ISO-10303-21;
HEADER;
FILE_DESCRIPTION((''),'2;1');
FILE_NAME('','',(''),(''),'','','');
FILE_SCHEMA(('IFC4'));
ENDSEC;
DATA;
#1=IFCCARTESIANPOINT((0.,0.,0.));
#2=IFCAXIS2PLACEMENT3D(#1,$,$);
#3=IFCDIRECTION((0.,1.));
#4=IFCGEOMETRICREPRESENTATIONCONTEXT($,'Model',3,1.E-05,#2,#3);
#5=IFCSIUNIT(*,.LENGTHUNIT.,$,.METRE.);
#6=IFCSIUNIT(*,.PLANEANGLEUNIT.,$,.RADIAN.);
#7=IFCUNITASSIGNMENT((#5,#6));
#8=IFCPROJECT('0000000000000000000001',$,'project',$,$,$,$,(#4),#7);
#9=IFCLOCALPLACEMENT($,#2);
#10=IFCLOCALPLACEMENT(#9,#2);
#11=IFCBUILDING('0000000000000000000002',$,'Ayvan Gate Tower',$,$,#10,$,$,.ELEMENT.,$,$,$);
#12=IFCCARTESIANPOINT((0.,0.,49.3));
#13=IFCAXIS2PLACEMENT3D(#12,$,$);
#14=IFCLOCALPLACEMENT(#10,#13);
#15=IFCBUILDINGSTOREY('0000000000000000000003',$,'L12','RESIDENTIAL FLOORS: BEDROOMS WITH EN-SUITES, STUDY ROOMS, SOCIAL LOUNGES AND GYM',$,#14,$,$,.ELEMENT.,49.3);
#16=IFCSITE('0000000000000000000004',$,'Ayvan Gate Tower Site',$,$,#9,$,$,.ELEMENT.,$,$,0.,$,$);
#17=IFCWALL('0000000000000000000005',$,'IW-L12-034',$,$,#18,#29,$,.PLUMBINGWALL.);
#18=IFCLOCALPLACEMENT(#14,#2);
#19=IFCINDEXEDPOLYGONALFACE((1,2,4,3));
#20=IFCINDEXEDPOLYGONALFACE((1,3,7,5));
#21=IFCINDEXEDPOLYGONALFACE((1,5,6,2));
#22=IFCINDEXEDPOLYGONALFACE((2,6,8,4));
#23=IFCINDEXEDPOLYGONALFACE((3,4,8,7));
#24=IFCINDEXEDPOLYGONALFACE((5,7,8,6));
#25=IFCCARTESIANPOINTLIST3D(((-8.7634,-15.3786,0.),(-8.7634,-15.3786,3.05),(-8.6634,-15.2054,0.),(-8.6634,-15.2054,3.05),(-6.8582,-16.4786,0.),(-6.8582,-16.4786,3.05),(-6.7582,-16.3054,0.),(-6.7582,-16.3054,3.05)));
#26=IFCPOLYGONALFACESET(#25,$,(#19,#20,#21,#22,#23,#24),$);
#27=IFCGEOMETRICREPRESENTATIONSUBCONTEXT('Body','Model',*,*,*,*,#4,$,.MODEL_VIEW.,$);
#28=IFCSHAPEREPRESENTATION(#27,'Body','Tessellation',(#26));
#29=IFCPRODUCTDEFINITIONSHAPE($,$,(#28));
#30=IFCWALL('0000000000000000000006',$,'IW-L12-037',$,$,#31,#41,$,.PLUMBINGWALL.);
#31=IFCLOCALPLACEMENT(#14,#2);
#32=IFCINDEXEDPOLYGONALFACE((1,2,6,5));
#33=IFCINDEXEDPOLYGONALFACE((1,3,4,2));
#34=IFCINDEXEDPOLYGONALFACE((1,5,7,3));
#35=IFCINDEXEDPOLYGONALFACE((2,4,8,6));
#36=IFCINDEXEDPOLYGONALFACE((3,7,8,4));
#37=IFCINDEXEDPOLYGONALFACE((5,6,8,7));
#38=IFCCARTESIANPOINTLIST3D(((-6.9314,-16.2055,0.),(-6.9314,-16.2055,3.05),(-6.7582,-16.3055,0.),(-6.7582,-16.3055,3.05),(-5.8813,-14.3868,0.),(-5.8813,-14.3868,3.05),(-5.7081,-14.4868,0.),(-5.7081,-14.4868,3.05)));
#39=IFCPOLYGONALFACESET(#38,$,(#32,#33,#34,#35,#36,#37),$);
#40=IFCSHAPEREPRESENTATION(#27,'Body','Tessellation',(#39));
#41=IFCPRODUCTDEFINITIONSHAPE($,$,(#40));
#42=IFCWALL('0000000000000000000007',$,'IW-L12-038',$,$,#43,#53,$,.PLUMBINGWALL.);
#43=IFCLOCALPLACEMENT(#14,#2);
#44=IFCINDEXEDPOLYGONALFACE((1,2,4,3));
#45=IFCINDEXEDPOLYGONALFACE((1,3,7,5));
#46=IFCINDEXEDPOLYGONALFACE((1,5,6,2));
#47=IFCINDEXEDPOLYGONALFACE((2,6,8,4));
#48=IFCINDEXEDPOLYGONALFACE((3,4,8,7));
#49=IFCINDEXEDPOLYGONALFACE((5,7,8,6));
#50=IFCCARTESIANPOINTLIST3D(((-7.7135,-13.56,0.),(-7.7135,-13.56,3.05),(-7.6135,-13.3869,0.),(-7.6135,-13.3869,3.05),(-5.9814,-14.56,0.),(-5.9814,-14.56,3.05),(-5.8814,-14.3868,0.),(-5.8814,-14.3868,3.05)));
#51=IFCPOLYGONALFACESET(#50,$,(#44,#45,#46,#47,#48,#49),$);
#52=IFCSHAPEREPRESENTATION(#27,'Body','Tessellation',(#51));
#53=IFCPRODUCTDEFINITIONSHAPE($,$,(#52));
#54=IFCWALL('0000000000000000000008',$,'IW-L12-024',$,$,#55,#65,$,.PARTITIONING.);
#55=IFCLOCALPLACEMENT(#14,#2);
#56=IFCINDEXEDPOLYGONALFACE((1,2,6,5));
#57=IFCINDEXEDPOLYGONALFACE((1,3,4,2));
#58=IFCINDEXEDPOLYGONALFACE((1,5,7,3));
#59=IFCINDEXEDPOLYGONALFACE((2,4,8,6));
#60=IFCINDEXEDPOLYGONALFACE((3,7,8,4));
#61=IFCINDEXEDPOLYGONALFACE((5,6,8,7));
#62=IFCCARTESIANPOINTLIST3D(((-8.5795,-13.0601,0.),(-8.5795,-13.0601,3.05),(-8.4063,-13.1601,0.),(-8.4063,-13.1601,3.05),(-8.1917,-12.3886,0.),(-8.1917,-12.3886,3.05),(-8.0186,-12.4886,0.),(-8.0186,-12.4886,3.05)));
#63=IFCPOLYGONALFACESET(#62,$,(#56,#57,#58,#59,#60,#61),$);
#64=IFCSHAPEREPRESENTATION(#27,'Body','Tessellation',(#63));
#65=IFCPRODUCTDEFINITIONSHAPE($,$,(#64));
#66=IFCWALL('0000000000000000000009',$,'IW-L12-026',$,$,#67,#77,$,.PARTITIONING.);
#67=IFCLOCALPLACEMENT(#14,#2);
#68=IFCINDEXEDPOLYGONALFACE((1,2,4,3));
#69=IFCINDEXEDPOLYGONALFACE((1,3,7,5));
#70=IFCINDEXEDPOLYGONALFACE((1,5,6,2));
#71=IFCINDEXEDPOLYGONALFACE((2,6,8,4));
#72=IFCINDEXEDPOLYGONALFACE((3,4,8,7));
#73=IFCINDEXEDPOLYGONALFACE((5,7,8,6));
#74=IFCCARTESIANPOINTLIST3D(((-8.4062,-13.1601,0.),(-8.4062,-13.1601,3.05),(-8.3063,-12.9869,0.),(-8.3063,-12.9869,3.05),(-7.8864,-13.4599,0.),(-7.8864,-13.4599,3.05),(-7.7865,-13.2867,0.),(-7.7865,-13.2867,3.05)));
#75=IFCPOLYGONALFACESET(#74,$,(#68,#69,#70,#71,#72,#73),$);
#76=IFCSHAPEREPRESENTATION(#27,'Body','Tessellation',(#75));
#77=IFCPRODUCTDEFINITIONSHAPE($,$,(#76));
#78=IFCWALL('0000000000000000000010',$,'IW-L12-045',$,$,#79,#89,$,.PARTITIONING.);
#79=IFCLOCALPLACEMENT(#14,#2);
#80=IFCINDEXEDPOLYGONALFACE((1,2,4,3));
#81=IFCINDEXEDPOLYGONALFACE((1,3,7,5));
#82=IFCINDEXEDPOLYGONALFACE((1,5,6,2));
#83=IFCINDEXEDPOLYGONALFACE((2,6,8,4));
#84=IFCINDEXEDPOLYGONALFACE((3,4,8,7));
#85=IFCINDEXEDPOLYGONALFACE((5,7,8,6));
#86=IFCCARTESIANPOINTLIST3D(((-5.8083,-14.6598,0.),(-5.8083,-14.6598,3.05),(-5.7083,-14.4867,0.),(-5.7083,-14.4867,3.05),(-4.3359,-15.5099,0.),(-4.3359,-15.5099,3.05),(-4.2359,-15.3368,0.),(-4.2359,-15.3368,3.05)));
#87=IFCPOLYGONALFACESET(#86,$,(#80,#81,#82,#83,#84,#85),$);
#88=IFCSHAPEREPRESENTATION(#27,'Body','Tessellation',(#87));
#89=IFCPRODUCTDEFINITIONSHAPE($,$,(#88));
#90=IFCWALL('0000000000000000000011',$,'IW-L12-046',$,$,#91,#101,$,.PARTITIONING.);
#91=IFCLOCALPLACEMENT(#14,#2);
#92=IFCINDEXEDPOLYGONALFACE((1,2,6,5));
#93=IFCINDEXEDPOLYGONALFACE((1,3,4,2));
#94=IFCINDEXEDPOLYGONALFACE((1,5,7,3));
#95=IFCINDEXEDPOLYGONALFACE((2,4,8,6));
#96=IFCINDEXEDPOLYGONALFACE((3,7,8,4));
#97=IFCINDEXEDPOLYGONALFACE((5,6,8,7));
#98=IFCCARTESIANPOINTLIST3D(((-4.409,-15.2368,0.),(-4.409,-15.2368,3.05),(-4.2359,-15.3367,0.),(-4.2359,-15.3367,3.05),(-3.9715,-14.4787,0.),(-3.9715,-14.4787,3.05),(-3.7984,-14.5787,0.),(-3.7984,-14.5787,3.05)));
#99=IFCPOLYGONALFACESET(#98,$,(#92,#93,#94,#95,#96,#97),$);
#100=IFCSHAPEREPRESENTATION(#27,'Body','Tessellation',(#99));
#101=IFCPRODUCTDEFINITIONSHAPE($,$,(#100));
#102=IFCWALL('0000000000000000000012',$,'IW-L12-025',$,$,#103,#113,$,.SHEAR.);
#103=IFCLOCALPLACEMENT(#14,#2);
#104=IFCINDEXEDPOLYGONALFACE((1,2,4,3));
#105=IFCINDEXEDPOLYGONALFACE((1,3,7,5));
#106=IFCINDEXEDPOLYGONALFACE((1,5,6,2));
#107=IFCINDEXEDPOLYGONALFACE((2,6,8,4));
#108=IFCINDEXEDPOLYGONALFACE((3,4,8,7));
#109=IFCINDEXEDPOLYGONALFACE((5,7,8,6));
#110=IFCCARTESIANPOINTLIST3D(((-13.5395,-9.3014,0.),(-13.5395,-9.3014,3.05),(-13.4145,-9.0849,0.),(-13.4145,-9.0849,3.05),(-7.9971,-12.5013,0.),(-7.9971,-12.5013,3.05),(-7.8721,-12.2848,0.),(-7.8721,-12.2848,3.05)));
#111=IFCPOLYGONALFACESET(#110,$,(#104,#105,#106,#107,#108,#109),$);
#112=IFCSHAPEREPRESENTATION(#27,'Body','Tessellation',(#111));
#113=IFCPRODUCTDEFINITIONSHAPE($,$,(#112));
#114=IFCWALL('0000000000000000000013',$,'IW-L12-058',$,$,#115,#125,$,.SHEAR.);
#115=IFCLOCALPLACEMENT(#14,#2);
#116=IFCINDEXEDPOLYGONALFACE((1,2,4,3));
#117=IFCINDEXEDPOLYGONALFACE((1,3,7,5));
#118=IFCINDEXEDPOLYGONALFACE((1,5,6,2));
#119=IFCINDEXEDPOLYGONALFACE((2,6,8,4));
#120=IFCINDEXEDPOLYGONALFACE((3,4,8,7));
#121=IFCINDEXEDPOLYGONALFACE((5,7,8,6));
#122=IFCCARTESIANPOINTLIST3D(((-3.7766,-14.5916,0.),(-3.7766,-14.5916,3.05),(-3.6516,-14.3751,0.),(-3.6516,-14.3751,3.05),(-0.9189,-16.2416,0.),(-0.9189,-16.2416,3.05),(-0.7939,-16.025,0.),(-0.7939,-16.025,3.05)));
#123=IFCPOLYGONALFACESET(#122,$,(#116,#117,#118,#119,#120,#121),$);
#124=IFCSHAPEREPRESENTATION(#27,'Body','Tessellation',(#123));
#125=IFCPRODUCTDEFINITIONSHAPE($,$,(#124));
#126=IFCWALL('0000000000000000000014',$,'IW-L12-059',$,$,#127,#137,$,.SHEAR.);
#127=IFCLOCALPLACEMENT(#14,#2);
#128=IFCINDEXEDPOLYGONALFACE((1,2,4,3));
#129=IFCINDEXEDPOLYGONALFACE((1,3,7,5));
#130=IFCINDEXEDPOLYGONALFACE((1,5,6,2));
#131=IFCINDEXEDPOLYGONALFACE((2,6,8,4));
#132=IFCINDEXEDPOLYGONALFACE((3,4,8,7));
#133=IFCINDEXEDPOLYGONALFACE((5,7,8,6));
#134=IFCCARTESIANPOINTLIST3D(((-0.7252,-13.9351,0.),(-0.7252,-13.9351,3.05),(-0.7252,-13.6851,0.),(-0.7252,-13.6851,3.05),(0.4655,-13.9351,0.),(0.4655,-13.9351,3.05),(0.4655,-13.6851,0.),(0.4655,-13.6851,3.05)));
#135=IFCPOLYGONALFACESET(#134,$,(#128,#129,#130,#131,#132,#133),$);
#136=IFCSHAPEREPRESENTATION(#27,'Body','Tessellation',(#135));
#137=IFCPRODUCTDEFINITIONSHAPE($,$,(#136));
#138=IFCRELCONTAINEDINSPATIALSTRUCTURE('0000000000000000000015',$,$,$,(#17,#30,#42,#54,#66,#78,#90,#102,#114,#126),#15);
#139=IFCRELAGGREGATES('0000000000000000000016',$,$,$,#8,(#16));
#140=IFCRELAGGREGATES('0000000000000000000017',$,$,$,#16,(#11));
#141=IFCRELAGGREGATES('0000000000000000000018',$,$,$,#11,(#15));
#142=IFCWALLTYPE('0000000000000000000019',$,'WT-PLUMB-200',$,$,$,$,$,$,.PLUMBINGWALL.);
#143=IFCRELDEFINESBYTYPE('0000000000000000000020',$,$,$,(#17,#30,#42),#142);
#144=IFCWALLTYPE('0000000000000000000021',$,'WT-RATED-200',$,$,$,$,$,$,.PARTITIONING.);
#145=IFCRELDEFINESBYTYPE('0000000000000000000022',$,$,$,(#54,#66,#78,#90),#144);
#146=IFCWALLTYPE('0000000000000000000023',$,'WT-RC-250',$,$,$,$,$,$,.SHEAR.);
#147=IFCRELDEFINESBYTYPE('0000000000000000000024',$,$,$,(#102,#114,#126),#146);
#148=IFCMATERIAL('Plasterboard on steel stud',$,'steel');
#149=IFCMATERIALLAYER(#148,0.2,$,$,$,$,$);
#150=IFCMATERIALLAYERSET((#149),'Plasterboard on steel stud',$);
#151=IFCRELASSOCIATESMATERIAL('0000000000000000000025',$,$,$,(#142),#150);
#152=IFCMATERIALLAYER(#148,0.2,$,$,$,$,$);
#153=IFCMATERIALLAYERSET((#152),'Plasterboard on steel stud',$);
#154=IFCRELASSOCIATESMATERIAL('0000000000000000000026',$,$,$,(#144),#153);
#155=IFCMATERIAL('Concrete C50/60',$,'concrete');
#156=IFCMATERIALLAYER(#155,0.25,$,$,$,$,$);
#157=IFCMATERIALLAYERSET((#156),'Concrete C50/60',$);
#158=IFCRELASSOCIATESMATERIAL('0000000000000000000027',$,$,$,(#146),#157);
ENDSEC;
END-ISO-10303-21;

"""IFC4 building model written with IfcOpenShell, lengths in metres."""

from ifc_helpers import new_model, si_unit, direction, frame, frame_2d, origin, place, context, subcontext, project, spatial, rectangle, extrude, material, layer, layer_set, type_object, element, save


model = new_model("IFC4")

# Units and contexts
model_context = context("Model", 3, precision=1e-05, world=origin(), true_north=direction((0.0, 1.0)))
body_context = subcontext(model_context, "Body", "Model", "MODEL_VIEW")
ifc_project = project(units=[si_unit("LENGTHUNIT", "METRE"), si_unit("PLANEANGLEUNIT", "RADIAN")], contexts=[model_context])

# Site, building, storey
site_placement = place(None, origin())
site = spatial("IfcSite", under=ifc_project, at=site_placement, Name="Ayvan Gate Tower Site", CompositionType="ELEMENT", RefElevation=0.0)
building_placement = place(site_placement, origin())
building = spatial("IfcBuilding", under=site, at=building_placement, Name="Ayvan Gate Tower", CompositionType="ELEMENT")
storey_placement = place(building_placement, frame((0.0, 0.0, 49.3)))
storey = spatial("IfcBuildingStorey", under=building, at=storey_placement, Name="L12", Description="RESIDENTIAL FLOORS: BEDROOMS WITH EN-SUITES, STUDY ROOMS, SOCIAL LOUNGES AND GYM", CompositionType="ELEMENT", Elevation=49.3)

# Walls
ifc_material_1 = material(Name="Plasterboard on steel stud", Category="steel")
ifc_layer_1 = layer(ifc_material_1, 0.2)
ifc_layer_set_1 = layer_set([ifc_layer_1], Name="Plasterboard on steel stud")
wall_type_1 = type_object("IfcWallType", Name="WT-PLUMB-200", PredefinedType="PLUMBINGWALL", material=ifc_layer_set_1)
wall_1_placement = place(storey_placement, frame((-6.8081, -16.3921, 0.0), z_axis=(0.0, 0.0, 1.0), x_axis=(-0.866008, 0.50003, 0.0)))
element("IfcWall", 1, at=wall_1_placement, inside=storey, type_object=wall_type_1, Name="IW-L12-034", PredefinedType="PLUMBINGWALL", context=body_context, shape_type="SweptSolid", body=[
    extrude(rectangle(XDim=2.2, YDim=0.2, at=frame_2d((1.1001, 0.0))), origin(), (0.0, 0.0, 1.0), 3.05),
])
wall_2_placement = place(storey_placement, frame((-5.7947, -14.4368, 0.0), z_axis=(0.0, 0.0, 1.0), x_axis=(-0.500028, -0.866009, 0.0)))
element("IfcWall", 2, at=wall_2_placement, inside=storey, type_object=wall_type_1, Name="IW-L12-037", PredefinedType="PLUMBINGWALL", context=body_context, shape_type="SweptSolid", body=[
    extrude(rectangle(XDim=2.1001, YDim=0.2, at=frame_2d((1.05, 0.0))), origin(), (0.0, 0.0, 1.0), 3.05),
])
wall_3_placement = place(storey_placement, frame((-5.9314, -14.4734, 0.0), z_axis=(0.0, 0.0, 1.0), x_axis=(-0.866041, 0.499973, 0.0)))
element("IfcWall", 3, at=wall_3_placement, inside=storey, type_object=wall_type_1, Name="IW-L12-038", PredefinedType="PLUMBINGWALL", context=body_context, shape_type="SweptSolid", body=[
    extrude(rectangle(XDim=2.0, YDim=0.2, at=frame_2d((1.0, 0.0))), origin(), (0.0, 0.0, 1.0), 3.05),
])
ifc_layer_2 = layer(ifc_material_1, 0.2)
ifc_layer_set_2 = layer_set([ifc_layer_2], Name="Plasterboard on steel stud")
wall_type_2 = type_object("IfcWallType", Name="WT-RATED-200", PredefinedType="PARTITIONING", material=ifc_layer_set_2)
wall_4_placement = place(storey_placement, frame((-8.4929, -13.1101, 0.0), z_axis=(0.0, 0.0, 1.0), x_axis=(0.500068, 0.865986, 0.0)))
element("IfcWall", 4, at=wall_4_placement, inside=storey, type_object=wall_type_2, Name="IW-L12-024", PredefinedType="PARTITIONING", context=body_context, shape_type="SweptSolid", body=[
    extrude(rectangle(XDim=0.7754, YDim=0.2, at=frame_2d((0.3877, 0.0))), origin(), (0.0, 0.0, 1.0), 3.05),
])
wall_5_placement = place(storey_placement, frame((-7.8364, -13.3733, 0.0), z_axis=(0.0, 0.0, 1.0), x_axis=(-0.866233, 0.49964, 0.0)))
element("IfcWall", 5, at=wall_5_placement, inside=storey, type_object=wall_type_2, Name="IW-L12-026", PredefinedType="PARTITIONING", context=body_context, shape_type="SweptSolid", body=[
    extrude(rectangle(XDim=0.6001, YDim=0.2, at=frame_2d((0.3, 0.0))), origin(), (0.0, 0.0, 1.0), 3.05),
])
wall_6_placement = place(storey_placement, frame((-4.2859, -15.4233, 0.0), z_axis=(0.0, 0.0, 1.0), x_axis=(-0.866025, 0.5, 0.0)))
element("IfcWall", 6, at=wall_6_placement, inside=storey, type_object=wall_type_2, Name="IW-L12-045", PredefinedType="PARTITIONING", context=body_context, shape_type="SweptSolid", body=[
    extrude(rectangle(XDim=1.7002, YDim=0.2, at=frame_2d((0.8501, 0.0))), origin(), (0.0, 0.0, 1.0), 3.05),
])
wall_7_placement = place(storey_placement, frame((-3.885, -14.5288, 0.0), z_axis=(0.0, 0.0, 1.0), x_axis=(-0.499859, -0.866107, 0.0)))
element("IfcWall", 7, at=wall_7_placement, inside=storey, type_object=wall_type_2, Name="IW-L12-046", PredefinedType="PARTITIONING", context=body_context, shape_type="SweptSolid", body=[
    extrude(rectangle(XDim=0.8752, YDim=0.2, at=frame_2d((0.4375, 0.0))), origin(), (0.0, 0.0, 1.0), 3.05),
])
ifc_material_2 = material(Name="Concrete C50/60", Category="concrete")
ifc_layer_3 = layer(ifc_material_2, 0.25)
ifc_layer_set_3 = layer_set([ifc_layer_3], Name="Concrete C50/60")
wall_type_3 = type_object("IfcWallType", Name="WT-RC-250", PredefinedType="SHEAR", material=ifc_layer_set_3)
wall_8_placement = place(storey_placement, frame((-7.9346, -12.3931, 0.0), z_axis=(0.0, 0.0, 1.0), x_axis=(-0.866025, 0.5, 0.0)))
element("IfcWall", 8, at=wall_8_placement, inside=storey, type_object=wall_type_3, Name="IW-L12-025", PredefinedType="SHEAR", context=body_context, shape_type="SweptSolid", body=[
    extrude(rectangle(XDim=6.3999, YDim=0.25, at=frame_2d((3.2, 0.0))), origin(), (0.0, 0.0, 1.0), 3.05),
])
wall_9_placement = place(storey_placement, frame((-0.8564, -16.1333, 0.0), z_axis=(0.0, 0.0, 1.0), x_axis=(-0.866022, 0.500006, 0.0)))
element("IfcWall", 9, at=wall_9_placement, inside=storey, type_object=wall_type_3, Name="IW-L12-058", PredefinedType="SHEAR", context=body_context, shape_type="SweptSolid", body=[
    extrude(rectangle(XDim=3.2998, YDim=0.25, at=frame_2d((1.6499, 0.0))), origin(), (0.0, 0.0, 1.0), 3.05),
])
wall_10_placement = place(storey_placement, frame((-0.7251, -13.8101, 0.0), z_axis=(0.0, 0.0, 1.0), x_axis=(1.0, 0.0, 0.0)))
element("IfcWall", 10, at=wall_10_placement, inside=storey, type_object=wall_type_3, Name="IW-L12-059", PredefinedType="SHEAR", context=body_context, shape_type="SweptSolid", body=[
    extrude(rectangle(XDim=1.1907, YDim=0.25, at=frame_2d((0.5952, 0.0))), origin(), (0.0, 0.0, 1.0), 3.05),
])

save(model, "model.ifc")
